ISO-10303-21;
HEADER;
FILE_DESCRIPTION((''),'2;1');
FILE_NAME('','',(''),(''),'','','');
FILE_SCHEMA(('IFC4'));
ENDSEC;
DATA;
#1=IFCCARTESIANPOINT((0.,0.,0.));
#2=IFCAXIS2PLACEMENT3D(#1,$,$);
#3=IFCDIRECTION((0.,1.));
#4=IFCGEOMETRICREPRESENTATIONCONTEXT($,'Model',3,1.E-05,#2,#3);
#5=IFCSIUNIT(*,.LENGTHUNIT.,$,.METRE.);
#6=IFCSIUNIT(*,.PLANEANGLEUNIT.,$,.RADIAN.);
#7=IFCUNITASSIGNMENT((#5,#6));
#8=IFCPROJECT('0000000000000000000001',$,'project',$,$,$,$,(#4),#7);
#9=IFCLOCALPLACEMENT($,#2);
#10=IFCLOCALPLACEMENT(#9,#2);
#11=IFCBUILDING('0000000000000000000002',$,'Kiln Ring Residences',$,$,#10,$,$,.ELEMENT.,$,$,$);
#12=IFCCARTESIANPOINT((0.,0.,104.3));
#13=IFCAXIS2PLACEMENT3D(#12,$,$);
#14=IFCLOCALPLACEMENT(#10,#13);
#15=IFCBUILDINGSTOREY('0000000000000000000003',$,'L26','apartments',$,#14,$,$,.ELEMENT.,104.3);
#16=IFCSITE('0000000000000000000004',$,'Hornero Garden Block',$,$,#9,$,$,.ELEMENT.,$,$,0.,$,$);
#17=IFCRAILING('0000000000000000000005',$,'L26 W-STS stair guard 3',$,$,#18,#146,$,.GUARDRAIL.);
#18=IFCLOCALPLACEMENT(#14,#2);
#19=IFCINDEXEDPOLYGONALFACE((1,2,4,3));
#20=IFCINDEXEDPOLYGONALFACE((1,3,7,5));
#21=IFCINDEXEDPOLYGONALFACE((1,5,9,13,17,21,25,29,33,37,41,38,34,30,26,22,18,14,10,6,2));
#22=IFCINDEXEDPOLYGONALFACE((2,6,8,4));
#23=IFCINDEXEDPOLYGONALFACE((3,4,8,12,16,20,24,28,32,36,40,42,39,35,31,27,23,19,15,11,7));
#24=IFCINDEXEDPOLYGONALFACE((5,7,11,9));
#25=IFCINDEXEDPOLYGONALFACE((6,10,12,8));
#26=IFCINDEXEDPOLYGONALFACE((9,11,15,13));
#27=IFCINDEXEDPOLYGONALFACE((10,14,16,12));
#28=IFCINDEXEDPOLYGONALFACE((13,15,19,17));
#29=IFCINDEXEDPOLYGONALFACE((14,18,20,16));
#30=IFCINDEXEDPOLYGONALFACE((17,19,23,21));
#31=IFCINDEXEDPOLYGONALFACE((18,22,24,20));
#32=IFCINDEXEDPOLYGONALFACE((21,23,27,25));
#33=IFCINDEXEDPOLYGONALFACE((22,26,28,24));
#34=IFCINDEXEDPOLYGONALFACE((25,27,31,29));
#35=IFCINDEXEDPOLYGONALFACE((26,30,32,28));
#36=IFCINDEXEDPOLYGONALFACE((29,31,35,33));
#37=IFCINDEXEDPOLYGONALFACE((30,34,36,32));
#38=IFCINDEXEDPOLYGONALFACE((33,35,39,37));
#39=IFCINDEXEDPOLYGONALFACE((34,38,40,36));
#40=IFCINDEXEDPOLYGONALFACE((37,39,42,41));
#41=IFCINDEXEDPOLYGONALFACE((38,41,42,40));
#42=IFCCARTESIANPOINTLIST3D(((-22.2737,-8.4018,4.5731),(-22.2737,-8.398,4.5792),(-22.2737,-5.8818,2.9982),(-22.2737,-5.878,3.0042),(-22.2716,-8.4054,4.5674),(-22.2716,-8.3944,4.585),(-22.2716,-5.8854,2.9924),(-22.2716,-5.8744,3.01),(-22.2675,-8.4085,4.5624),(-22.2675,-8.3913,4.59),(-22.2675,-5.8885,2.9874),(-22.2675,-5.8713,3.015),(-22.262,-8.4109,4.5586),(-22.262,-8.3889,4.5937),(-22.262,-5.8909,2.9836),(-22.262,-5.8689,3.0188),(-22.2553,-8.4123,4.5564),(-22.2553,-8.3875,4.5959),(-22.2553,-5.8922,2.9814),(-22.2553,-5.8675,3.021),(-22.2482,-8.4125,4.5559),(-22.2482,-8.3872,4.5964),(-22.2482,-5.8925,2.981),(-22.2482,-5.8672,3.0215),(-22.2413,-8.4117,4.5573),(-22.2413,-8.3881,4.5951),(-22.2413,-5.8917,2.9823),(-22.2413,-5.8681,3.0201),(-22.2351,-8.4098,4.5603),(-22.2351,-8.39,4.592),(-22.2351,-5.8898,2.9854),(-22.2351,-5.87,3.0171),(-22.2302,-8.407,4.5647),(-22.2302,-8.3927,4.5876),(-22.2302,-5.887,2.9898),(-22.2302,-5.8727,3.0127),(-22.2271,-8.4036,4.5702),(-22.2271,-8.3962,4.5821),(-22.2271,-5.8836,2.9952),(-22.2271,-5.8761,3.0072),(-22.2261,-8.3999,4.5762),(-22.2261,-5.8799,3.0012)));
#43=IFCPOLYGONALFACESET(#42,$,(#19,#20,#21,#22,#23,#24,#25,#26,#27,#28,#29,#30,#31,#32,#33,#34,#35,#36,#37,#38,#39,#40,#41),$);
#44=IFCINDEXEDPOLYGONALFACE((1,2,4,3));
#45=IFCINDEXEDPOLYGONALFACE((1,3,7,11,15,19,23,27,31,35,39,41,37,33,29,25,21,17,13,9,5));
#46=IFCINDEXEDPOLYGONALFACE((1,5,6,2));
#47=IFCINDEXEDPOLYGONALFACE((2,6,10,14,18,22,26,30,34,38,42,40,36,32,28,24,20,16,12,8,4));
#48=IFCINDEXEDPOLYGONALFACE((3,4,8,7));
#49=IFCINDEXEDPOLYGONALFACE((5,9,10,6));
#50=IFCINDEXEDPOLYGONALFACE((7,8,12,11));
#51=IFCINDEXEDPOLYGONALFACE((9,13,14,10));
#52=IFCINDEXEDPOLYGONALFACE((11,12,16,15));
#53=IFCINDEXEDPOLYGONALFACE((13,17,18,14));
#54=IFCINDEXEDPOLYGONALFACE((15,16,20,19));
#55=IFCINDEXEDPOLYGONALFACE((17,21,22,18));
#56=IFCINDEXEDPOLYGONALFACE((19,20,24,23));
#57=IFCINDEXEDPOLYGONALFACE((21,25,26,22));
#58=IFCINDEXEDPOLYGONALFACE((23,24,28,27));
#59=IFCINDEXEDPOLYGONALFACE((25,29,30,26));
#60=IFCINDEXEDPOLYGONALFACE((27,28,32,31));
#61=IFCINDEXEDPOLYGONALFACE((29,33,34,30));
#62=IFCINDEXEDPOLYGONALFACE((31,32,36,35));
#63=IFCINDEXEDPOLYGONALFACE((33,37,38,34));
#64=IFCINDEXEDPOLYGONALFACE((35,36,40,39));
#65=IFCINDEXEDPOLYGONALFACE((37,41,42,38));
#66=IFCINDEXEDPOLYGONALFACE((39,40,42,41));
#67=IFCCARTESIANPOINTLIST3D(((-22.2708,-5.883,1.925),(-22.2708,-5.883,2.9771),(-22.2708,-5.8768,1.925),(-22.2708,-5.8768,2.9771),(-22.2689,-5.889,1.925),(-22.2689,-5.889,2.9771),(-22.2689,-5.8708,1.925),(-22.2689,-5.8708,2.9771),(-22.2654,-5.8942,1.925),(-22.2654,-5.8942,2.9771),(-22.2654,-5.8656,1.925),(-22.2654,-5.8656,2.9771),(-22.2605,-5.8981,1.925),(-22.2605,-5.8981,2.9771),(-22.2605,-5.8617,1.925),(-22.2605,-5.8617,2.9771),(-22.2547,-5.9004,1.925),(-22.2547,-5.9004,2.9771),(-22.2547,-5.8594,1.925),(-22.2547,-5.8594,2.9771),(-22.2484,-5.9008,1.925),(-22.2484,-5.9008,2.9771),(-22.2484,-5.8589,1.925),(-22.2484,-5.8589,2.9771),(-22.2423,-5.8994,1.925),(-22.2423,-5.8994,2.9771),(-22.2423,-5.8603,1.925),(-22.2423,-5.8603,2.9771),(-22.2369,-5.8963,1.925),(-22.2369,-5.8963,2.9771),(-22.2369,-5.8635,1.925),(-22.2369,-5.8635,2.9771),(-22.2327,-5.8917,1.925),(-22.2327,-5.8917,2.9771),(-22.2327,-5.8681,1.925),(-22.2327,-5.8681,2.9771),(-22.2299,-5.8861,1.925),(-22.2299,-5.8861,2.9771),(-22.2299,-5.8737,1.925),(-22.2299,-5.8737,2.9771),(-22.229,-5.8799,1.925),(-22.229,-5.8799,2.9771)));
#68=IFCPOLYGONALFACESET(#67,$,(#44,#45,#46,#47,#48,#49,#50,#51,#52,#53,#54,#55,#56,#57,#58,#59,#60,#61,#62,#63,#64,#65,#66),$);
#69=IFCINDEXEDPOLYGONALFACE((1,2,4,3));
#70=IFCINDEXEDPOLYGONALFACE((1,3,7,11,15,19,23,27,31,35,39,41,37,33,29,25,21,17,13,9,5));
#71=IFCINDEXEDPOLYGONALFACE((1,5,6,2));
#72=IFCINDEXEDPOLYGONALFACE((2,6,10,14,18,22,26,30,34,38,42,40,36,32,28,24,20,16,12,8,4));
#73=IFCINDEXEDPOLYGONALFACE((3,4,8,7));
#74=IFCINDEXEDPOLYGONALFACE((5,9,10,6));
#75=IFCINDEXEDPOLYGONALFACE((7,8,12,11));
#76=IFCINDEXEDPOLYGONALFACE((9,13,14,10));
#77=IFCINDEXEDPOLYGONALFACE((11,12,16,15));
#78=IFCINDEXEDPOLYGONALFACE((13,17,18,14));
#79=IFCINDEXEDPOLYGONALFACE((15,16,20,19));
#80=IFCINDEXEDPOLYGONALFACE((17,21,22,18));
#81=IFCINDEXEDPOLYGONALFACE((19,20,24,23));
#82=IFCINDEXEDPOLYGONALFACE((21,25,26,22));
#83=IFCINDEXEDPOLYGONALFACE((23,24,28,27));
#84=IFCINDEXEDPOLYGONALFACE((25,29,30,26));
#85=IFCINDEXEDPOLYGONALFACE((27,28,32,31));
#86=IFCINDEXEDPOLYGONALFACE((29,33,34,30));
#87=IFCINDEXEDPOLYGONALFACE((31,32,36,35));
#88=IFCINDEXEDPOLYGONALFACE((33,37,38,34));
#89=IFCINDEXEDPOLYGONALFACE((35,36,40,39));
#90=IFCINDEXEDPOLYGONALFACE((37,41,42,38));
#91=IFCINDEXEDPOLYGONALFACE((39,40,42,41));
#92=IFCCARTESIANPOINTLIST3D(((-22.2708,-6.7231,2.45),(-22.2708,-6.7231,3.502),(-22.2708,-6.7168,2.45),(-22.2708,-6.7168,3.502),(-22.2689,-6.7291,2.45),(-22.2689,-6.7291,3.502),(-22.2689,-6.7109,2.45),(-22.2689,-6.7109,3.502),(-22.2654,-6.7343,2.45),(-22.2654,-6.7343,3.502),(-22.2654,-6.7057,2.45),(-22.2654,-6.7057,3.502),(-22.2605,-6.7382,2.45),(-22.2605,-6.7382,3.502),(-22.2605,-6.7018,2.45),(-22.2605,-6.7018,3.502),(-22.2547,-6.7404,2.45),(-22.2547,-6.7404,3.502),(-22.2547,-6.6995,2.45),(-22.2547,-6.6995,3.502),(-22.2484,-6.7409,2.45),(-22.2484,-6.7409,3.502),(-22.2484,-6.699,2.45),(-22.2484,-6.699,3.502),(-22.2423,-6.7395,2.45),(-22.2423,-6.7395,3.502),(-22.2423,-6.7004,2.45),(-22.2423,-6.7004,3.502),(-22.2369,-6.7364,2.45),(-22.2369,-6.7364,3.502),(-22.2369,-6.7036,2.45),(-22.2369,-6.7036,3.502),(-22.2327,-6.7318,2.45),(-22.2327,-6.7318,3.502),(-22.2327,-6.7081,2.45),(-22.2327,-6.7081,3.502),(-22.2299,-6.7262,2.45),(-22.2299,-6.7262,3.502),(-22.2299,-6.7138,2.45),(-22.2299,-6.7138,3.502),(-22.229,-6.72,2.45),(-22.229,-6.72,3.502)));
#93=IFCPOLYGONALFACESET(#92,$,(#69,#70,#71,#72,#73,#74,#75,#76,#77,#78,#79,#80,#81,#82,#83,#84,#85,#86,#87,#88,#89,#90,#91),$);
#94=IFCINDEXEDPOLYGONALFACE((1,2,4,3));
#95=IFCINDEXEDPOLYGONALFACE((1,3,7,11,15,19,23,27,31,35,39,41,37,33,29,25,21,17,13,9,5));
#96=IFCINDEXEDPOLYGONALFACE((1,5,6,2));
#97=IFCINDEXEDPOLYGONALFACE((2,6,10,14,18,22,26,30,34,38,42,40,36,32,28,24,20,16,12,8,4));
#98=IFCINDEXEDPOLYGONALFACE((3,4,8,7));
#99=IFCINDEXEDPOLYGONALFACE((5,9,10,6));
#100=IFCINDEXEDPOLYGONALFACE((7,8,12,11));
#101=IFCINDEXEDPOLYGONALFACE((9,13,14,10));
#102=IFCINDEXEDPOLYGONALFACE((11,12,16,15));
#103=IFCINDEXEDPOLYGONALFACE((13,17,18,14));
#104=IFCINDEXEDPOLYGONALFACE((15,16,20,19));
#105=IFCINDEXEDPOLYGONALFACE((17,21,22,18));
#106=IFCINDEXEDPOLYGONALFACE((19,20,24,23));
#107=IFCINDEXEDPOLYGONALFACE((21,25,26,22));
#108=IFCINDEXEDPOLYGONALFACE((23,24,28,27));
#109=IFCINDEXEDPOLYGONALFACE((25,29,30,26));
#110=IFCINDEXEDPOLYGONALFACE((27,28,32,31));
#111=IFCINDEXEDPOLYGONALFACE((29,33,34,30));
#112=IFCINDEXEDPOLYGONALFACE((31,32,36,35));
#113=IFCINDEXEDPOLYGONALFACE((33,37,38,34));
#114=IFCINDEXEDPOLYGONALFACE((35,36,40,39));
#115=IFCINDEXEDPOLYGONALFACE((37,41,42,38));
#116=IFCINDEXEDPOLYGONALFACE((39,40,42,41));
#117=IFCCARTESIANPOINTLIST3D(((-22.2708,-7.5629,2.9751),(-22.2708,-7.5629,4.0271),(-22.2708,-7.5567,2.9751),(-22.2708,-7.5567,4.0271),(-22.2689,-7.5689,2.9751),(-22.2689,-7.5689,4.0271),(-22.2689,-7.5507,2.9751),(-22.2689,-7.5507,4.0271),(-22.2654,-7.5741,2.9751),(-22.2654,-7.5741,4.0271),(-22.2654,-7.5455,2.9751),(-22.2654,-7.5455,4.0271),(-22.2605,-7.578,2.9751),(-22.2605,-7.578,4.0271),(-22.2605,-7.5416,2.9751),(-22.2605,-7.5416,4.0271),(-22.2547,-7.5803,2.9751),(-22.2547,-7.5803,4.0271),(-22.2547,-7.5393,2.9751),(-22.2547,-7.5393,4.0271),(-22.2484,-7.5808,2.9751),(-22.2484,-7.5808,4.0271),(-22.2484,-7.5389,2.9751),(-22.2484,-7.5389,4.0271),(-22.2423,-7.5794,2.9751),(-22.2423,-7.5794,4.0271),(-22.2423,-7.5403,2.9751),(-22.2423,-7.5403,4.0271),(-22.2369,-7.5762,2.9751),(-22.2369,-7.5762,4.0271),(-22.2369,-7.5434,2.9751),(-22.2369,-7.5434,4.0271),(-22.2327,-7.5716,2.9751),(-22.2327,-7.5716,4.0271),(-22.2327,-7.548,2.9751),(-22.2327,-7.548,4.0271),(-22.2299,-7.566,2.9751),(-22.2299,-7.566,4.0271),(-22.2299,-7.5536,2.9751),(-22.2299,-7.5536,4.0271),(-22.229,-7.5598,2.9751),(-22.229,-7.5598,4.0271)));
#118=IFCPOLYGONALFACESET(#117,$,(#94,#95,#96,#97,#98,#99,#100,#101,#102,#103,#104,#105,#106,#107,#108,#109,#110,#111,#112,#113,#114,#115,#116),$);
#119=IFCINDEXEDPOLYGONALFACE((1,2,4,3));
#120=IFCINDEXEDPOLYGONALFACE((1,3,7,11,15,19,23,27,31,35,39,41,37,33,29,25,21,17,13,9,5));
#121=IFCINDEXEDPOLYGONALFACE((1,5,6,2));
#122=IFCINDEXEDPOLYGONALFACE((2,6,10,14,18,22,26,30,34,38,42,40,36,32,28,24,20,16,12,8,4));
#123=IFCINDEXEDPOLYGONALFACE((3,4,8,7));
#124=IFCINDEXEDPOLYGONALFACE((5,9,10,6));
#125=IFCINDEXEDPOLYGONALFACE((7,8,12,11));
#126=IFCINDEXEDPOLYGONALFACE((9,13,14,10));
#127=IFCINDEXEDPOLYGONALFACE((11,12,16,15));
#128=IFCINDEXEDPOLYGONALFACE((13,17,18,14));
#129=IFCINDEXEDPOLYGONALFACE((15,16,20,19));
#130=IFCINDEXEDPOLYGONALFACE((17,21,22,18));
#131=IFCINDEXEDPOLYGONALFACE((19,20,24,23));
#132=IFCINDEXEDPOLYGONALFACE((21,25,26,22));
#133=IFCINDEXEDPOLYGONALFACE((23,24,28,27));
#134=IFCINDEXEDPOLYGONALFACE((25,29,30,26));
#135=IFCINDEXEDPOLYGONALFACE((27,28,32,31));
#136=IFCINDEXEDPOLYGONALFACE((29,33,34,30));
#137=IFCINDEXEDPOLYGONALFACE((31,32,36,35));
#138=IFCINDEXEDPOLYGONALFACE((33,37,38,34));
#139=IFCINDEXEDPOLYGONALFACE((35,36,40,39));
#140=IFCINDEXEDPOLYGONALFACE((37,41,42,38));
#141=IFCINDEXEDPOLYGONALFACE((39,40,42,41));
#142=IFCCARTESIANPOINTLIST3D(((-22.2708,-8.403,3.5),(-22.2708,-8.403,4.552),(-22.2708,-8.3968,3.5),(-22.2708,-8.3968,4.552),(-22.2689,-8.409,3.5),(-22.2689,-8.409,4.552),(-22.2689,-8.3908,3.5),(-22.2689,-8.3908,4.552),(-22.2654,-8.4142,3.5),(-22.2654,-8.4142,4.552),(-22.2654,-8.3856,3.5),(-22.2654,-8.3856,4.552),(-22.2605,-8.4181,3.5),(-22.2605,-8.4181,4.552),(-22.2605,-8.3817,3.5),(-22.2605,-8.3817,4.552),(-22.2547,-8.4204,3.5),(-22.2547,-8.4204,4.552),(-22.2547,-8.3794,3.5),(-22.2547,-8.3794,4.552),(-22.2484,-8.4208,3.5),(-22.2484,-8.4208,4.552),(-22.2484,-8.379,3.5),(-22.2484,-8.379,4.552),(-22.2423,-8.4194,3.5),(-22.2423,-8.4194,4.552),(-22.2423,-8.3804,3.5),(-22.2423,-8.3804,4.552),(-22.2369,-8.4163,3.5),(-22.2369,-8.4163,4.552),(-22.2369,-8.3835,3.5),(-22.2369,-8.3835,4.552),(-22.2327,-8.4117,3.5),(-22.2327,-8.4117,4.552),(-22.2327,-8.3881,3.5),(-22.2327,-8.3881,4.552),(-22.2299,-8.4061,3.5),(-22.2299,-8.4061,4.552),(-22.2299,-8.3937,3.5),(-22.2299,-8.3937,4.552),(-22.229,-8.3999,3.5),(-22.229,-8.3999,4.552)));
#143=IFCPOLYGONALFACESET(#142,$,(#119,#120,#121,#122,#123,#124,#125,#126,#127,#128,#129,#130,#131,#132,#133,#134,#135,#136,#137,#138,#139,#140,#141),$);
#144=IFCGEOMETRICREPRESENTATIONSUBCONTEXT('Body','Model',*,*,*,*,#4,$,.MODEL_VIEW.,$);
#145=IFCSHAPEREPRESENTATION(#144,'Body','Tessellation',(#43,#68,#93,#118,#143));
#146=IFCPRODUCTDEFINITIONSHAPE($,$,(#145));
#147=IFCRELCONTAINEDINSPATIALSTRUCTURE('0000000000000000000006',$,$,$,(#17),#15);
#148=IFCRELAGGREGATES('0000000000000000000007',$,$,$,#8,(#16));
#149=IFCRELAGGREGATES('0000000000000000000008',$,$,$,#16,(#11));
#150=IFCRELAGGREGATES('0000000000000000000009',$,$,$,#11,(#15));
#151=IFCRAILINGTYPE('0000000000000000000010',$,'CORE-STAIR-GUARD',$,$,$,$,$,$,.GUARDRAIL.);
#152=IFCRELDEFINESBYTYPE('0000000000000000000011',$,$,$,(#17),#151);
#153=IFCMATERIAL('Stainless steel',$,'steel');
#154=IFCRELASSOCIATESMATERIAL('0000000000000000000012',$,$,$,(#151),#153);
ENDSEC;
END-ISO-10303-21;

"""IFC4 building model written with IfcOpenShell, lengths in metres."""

from ifc_helpers import new_model, si_unit, direction, frame, origin, origin_2d, place, context, subcontext, project, spatial, circle, extrude, material, type_object, element, save


model = new_model("IFC4")

# Units and contexts
model_context = context("Model", 3, precision=1e-05, world=origin(), true_north=direction((0.0, 1.0)))
body_context = subcontext(model_context, "Body", "Model", "MODEL_VIEW")
ifc_project = project(units=[si_unit("LENGTHUNIT", "METRE"), si_unit("PLANEANGLEUNIT", "RADIAN")], contexts=[model_context])

# Site, building, storey
site_placement = place(None, origin())
site = spatial("IfcSite", under=ifc_project, at=site_placement, Name="Hornero Garden Block", CompositionType="ELEMENT", RefElevation=0.0)
building_placement = place(site_placement, origin())
building = spatial("IfcBuilding", under=site, at=building_placement, Name="Kiln Ring Residences", CompositionType="ELEMENT")
storey_placement = place(building_placement, frame((0.0, 0.0, 104.3)))
storey = spatial("IfcBuildingStorey", under=building, at=storey_placement, Name="L26", Description="apartments", CompositionType="ELEMENT", Elevation=104.3)

# Railing
ifc_material_1 = material(Name="Stainless steel", Category="steel")
railing_type_1 = type_object("IfcRailingType", Name="CORE-STAIR-GUARD", PredefinedType="GUARDRAIL", material=ifc_material_1)
railing_1_placement = place(storey_placement, frame((-22.25, -5.8799, 1.925)))
element("IfcRailing", 1, at=railing_1_placement, inside=storey, type_object=railing_type_1, Name="L26 W-STS stair guard 3", PredefinedType="GUARDRAIL", context=body_context, shape_type="SweptSolid", body=[
    extrude(circle(Radius=0.0239, at=origin_2d()), frame((0.0, 0.0, 1.0762), z_axis=(0.0, -0.848008, 0.529984), x_axis=(1.0, 0.0, 0.0)), (0.0, 0.0, 1.0), 2.9717),
    extrude(circle(Radius=0.021, at=origin_2d()), origin(), (0.0, 0.0, 1.0), 1.052),
    extrude(circle(Radius=0.021, at=origin_2d()), frame((0.0, -0.8401, 0.5249)), (0.0, 0.0, 1.0), 1.052),
    extrude(circle(Radius=0.021, at=origin_2d()), frame((0.0, -1.6799, 1.05)), (0.0, 0.0, 1.0), 1.052),
    extrude(circle(Radius=0.021, at=origin_2d()), frame((0.0, -2.52, 1.575)), (0.0, 0.0, 1.0), 1.052),
])

save(model, "model.ifc")
